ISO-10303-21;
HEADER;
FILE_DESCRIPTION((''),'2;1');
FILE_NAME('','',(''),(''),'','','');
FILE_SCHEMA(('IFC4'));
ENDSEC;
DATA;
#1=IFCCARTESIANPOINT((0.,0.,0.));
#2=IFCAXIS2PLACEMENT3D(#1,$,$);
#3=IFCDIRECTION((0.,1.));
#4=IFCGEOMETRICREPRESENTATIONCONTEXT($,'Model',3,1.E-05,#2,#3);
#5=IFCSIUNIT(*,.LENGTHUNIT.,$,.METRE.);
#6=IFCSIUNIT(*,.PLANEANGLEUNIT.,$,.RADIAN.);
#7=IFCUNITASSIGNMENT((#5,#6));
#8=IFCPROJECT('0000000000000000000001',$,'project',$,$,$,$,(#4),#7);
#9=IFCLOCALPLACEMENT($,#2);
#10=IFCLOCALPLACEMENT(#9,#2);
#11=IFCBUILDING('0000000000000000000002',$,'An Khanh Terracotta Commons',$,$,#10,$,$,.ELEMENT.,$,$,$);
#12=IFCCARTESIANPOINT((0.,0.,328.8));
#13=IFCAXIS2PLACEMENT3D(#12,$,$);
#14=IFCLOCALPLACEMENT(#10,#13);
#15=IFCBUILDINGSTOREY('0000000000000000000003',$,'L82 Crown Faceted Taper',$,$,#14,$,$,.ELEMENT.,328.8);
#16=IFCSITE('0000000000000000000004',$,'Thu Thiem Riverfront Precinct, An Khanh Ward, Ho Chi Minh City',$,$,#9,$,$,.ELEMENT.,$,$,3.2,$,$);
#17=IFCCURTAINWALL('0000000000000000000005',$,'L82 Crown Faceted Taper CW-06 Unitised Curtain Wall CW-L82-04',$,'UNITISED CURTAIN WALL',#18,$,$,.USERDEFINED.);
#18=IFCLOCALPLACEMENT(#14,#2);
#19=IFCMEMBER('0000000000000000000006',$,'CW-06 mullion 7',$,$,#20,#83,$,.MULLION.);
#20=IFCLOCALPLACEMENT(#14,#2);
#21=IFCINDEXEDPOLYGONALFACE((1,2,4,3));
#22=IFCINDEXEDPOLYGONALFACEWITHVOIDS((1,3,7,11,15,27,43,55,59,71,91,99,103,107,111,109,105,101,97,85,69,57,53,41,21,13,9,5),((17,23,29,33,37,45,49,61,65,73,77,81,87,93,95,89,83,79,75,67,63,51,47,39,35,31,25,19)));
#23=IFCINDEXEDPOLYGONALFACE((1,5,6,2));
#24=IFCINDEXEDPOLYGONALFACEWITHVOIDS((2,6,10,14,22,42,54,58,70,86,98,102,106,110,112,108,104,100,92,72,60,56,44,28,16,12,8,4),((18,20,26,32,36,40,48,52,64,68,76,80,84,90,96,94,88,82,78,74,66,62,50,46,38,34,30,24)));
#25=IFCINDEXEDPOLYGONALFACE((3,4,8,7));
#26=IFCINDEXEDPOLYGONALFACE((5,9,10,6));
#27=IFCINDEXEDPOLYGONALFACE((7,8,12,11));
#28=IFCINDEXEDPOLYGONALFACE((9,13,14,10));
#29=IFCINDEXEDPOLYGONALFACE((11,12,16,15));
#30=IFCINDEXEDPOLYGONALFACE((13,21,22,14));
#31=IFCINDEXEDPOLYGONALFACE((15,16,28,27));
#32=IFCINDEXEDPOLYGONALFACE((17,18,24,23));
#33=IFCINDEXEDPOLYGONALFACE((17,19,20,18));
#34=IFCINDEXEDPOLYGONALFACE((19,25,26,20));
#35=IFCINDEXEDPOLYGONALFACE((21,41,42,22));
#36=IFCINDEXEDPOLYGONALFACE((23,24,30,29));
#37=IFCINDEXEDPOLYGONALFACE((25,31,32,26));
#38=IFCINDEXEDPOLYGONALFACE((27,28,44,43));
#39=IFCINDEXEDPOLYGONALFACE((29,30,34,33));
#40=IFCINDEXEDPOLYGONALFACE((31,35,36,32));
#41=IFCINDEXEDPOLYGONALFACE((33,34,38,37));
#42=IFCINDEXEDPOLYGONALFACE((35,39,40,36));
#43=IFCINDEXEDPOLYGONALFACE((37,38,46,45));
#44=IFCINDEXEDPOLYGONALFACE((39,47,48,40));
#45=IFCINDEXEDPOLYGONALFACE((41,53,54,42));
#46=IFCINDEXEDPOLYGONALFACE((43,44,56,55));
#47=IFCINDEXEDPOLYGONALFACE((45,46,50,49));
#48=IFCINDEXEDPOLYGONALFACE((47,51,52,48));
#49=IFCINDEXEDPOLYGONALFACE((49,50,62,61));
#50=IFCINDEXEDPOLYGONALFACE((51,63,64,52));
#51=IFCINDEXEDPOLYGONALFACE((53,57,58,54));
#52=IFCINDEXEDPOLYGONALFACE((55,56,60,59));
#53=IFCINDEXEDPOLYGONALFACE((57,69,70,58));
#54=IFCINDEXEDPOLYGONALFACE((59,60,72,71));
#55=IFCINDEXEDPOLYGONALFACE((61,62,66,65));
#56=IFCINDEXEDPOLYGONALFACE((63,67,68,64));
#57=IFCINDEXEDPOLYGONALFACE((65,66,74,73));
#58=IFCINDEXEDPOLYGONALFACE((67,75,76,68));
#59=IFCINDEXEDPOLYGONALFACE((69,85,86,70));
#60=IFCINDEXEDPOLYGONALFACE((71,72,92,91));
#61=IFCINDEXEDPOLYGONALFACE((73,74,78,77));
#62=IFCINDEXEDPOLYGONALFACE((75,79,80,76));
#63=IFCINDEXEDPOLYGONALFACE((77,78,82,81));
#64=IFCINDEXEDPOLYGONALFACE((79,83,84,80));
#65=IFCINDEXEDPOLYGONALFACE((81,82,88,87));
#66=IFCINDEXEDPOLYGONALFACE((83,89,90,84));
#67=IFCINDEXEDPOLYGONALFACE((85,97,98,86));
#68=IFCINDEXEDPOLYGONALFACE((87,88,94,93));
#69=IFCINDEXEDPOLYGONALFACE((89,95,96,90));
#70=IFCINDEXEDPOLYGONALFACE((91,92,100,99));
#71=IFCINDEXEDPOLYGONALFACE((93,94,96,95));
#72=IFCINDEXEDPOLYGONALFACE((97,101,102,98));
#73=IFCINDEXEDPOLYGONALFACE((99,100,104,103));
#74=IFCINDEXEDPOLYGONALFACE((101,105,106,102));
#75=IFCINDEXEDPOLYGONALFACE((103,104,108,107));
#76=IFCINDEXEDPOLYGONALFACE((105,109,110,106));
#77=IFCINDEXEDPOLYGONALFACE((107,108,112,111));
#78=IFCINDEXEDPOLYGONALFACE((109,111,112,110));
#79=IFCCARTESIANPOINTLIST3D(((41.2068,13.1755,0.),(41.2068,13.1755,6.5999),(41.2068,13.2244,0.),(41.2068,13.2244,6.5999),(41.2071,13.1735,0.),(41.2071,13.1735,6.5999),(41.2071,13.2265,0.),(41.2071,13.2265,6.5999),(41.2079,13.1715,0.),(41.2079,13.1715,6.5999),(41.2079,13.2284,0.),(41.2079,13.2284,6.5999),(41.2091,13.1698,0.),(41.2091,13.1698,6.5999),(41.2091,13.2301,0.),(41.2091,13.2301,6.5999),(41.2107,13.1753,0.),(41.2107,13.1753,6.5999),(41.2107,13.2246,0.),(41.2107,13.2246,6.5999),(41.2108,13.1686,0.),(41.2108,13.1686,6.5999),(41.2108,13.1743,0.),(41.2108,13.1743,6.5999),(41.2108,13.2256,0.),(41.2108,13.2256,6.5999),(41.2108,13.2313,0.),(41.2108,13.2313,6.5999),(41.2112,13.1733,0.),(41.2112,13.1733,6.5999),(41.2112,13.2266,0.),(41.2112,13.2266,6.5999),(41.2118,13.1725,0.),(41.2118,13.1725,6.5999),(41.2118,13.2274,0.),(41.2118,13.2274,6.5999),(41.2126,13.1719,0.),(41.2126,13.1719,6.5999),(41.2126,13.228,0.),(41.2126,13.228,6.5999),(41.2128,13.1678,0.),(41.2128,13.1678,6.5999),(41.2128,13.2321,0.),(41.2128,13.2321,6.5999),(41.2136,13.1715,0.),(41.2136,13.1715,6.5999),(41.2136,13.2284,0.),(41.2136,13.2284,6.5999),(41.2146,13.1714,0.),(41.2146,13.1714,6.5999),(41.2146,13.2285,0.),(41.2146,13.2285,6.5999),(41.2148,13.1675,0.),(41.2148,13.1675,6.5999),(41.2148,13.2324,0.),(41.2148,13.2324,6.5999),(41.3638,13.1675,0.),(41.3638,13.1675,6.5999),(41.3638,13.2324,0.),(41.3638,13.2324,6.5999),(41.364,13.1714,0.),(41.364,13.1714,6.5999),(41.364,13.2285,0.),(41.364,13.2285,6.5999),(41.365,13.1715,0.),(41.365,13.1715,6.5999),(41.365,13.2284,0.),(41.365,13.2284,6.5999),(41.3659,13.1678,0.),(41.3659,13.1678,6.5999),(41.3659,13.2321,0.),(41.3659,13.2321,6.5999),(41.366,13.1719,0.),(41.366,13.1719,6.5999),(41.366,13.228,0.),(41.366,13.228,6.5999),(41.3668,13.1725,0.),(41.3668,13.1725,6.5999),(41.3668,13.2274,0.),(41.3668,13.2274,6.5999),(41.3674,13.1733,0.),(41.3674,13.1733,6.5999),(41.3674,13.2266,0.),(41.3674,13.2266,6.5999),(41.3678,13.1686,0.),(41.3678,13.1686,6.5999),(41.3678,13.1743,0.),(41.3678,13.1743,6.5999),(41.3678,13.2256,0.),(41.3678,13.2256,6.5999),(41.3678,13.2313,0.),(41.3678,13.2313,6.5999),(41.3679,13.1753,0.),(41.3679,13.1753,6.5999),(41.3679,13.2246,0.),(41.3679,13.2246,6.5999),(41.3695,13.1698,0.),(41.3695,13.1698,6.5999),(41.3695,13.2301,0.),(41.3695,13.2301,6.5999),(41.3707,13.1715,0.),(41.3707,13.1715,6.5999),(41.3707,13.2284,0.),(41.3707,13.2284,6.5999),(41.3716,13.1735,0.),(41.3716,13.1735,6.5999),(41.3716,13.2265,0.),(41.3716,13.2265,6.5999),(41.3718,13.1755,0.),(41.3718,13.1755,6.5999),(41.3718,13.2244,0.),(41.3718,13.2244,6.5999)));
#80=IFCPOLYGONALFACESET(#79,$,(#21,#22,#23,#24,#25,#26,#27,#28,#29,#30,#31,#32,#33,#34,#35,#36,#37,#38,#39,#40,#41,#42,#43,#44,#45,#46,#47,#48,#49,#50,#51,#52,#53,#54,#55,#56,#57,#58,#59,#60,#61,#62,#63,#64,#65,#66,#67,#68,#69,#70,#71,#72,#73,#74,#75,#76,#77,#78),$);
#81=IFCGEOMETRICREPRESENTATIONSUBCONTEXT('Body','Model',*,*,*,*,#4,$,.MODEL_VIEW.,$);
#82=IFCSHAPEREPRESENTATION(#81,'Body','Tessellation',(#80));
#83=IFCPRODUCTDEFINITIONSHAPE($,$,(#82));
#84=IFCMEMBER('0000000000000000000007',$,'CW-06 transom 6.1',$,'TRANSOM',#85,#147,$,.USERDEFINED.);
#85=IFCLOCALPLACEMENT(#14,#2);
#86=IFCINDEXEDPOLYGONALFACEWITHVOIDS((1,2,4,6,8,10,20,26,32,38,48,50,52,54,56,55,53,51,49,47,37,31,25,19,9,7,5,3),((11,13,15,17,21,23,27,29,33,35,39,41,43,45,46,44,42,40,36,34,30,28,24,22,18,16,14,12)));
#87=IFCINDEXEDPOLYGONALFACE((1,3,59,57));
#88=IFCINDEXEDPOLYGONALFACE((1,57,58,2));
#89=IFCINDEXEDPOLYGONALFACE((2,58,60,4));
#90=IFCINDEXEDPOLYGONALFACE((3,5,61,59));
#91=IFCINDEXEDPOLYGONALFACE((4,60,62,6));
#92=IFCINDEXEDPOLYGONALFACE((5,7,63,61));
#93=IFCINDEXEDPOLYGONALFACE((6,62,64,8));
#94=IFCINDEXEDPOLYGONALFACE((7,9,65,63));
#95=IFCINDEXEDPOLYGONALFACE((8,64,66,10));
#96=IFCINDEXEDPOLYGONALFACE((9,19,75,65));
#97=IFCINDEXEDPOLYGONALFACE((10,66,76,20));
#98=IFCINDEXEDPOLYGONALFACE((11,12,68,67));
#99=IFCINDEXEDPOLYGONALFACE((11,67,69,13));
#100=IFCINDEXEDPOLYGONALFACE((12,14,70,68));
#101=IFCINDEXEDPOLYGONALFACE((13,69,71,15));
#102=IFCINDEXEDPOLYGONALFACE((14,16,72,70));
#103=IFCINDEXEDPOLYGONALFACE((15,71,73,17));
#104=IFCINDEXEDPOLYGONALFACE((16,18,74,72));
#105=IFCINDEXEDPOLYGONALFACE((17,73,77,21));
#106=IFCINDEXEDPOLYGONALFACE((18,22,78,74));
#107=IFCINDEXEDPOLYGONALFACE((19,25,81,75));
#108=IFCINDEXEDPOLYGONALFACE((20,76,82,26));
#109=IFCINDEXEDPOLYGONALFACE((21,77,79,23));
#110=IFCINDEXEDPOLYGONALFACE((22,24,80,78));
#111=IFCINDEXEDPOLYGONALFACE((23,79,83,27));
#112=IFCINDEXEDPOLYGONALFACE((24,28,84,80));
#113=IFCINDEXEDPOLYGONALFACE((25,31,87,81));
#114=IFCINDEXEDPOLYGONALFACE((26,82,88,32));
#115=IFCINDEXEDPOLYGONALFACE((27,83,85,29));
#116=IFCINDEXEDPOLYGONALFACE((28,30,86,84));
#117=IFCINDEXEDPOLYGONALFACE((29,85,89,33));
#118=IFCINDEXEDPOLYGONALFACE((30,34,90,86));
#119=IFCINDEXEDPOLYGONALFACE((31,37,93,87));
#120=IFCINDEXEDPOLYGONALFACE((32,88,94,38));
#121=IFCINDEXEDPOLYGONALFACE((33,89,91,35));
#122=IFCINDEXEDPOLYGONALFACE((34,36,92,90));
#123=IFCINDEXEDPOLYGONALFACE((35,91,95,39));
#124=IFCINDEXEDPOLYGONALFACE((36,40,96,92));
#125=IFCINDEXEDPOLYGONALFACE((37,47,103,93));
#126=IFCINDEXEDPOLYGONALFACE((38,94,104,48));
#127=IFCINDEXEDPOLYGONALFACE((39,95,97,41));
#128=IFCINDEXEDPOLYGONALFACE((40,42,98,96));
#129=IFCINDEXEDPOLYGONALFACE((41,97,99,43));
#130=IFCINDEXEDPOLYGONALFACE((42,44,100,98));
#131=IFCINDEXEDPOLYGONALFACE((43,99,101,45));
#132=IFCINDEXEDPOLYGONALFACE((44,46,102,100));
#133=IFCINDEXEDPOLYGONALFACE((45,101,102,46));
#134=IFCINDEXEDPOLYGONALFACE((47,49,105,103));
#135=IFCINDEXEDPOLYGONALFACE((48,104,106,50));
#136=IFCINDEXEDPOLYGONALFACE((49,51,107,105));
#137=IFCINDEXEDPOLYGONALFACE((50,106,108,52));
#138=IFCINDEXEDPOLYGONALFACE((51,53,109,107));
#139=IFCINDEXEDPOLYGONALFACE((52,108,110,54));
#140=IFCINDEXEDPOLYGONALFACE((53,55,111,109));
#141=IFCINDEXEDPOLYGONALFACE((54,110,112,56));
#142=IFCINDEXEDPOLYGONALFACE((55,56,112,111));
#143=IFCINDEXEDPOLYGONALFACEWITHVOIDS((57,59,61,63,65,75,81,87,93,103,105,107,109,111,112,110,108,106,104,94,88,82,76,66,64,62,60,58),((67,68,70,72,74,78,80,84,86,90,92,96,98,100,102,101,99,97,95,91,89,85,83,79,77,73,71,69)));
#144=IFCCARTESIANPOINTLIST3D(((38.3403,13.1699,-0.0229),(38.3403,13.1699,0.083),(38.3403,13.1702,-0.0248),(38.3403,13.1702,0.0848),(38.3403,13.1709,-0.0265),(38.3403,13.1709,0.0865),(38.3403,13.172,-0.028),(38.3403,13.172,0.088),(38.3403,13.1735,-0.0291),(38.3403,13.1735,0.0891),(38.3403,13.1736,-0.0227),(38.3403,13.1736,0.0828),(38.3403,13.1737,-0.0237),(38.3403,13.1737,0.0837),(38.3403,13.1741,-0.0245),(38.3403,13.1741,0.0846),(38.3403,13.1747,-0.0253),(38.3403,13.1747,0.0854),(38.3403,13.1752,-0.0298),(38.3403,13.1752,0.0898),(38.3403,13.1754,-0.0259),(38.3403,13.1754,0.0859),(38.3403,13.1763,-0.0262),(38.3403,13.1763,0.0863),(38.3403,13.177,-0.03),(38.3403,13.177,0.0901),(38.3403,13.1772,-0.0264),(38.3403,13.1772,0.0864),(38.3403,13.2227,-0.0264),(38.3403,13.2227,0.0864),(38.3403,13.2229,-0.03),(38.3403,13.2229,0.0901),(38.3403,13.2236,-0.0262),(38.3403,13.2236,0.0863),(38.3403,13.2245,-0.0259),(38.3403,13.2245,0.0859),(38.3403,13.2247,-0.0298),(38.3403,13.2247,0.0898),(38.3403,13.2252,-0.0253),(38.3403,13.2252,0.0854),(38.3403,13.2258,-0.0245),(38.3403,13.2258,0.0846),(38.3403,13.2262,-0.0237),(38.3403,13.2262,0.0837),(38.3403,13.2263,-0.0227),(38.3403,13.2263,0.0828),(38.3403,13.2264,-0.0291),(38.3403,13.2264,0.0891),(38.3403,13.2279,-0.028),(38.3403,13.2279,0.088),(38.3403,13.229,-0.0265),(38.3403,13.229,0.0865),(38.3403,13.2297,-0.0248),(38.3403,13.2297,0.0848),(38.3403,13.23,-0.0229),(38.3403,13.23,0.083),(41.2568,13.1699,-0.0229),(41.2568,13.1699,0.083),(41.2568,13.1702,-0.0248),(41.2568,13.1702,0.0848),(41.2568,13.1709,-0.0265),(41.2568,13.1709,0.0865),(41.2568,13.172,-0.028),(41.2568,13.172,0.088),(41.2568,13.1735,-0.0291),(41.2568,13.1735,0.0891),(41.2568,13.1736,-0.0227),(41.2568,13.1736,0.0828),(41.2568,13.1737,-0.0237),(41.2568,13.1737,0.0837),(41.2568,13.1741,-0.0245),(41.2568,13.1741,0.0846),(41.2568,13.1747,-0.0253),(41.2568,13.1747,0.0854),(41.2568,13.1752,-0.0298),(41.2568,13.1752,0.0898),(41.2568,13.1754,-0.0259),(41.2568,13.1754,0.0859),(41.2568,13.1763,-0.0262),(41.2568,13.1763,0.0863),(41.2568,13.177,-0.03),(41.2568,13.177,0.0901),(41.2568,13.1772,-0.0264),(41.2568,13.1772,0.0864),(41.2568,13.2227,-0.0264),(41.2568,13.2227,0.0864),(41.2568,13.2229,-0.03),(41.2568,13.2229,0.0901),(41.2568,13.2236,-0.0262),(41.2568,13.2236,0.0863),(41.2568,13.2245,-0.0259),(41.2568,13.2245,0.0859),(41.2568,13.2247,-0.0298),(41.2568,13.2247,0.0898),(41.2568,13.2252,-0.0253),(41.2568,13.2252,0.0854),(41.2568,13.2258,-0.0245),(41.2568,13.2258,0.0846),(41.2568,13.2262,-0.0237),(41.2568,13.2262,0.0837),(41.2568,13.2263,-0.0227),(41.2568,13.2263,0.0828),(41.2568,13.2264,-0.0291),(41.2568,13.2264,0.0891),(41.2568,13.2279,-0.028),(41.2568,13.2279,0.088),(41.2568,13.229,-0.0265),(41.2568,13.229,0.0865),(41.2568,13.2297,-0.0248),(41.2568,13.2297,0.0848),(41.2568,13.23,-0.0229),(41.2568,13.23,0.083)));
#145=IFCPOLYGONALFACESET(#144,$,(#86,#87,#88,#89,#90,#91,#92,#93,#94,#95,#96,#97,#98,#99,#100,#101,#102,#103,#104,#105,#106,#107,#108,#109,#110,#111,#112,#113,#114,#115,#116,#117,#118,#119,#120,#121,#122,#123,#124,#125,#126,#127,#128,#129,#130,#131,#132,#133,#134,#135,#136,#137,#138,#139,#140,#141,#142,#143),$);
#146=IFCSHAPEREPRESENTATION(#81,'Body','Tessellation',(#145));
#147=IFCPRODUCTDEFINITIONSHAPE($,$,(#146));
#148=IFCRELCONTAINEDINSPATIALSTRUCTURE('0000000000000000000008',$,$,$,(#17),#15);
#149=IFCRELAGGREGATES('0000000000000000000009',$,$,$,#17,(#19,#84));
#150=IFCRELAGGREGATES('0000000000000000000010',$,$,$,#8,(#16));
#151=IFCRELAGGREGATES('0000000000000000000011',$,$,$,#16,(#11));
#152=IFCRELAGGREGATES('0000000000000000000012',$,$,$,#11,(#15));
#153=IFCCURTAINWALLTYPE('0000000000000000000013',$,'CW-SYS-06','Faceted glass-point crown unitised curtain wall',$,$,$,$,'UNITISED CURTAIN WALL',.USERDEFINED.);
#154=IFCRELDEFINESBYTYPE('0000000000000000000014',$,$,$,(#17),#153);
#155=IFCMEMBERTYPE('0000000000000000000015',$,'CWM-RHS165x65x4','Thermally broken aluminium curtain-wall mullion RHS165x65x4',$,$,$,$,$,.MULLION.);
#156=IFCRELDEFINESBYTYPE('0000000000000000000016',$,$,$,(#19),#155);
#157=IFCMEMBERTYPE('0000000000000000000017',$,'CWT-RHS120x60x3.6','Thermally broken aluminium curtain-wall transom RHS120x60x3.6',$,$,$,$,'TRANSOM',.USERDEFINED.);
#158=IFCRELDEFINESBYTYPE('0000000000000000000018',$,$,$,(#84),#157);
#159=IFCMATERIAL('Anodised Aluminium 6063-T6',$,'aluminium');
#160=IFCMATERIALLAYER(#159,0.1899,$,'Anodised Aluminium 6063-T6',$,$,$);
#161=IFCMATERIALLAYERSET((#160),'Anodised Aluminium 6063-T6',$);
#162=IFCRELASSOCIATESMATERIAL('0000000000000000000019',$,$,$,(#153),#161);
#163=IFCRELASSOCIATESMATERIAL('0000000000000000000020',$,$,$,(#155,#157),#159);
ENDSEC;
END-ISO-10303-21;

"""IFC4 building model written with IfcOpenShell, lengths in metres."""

from ifc_helpers import new_model, si_unit, direction, frame, origin, origin_2d, place, context, subcontext, project, spatial, hollow_rectangle, extrude, material, layer, layer_set, material_profile, profile_set, type_object, element, aggregate, save


model = new_model("IFC4")

# Units and contexts
model_context = context("Model", 3, precision=1e-05, world=origin(), true_north=direction((0.0, 1.0)))
body_context = subcontext(model_context, "Body", "Model", "MODEL_VIEW")
ifc_project = project(units=[si_unit("LENGTHUNIT", "METRE"), si_unit("PLANEANGLEUNIT", "RADIAN")], contexts=[model_context])

# Site, building, storey
site_placement = place(None, origin())
site = spatial("IfcSite", under=ifc_project, at=site_placement, Name="Thu Thiem Riverfront Precinct, An Khanh Ward, Ho Chi Minh City", CompositionType="ELEMENT", RefElevation=3.2)
building_placement = place(site_placement, origin())
building = spatial("IfcBuilding", under=site, at=building_placement, Name="An Khanh Terracotta Commons", CompositionType="ELEMENT")
storey_placement = place(building_placement, frame((0.0, 0.0, 328.8)))
storey = spatial("IfcBuildingStorey", under=building, at=storey_placement, Name="L82 Crown Faceted Taper", CompositionType="ELEMENT", Elevation=328.8)

# Curtain wall, members
ifc_material_1 = material(Name="Anodised Aluminium 6063-T6", Category="aluminium")
ifc_layer_1 = layer(ifc_material_1, 0.1899, Name="Anodised Aluminium 6063-T6")
ifc_layer_set_1 = layer_set([ifc_layer_1], Name="Anodised Aluminium 6063-T6")
curtain_wall_type = type_object("IfcCurtainWallType", Name="CW-SYS-06", Description="Faceted glass-point crown unitised curtain wall", ElementType="UNITISED CURTAIN WALL", PredefinedType="USERDEFINED", material=ifc_layer_set_1)
curtain_wall_placement = place(storey_placement, origin())
curtain_wall = element("IfcCurtainWall", 1, at=curtain_wall_placement, inside=storey, type_object=curtain_wall_type, Name="L82 Crown Faceted Taper CW-06 Unitised Curtain Wall CW-L82-04", ObjectType="UNITISED CURTAIN WALL", PredefinedType="USERDEFINED")
ifc_material_profile_1 = material_profile(ifc_material_1, hollow_rectangle(XDim=0.0649, YDim=0.165, WallThickness=0.0039, InnerFilletRadius=0.0039, OuterFilletRadius=0.0081, at=origin_2d()), Name="RHS165x65x4")
ifc_profile_set_1 = profile_set([ifc_material_profile_1], Name="Anodised Aluminium 6063-T6")
member_type_1 = type_object("IfcMemberType", Name="CWM-RHS165x65x4", Description="Thermally broken aluminium curtain-wall mullion RHS165x65x4", PredefinedType="MULLION", material=ifc_profile_set_1)
member_1_placement = place(storey_placement, frame((41.2893, 13.2, 0.0), z_axis=(0.0, 0.0, 1.0), x_axis=(0.0, 1.0, 0.0)))
member_1 = element("IfcMember", 2, at=member_1_placement, type_object=member_type_1, Name="CW-06 mullion 7", PredefinedType="MULLION", context=body_context, shape_type="SweptSolid", body=[
    extrude(hollow_rectangle(XDim=0.0649, YDim=0.165, WallThickness=0.0039, InnerFilletRadius=0.0039, OuterFilletRadius=0.0081, at=origin_2d()), origin(), (0.0, 0.0, 1.0), 6.5999),
])
ifc_material_profile_2 = material_profile(ifc_material_1, hollow_rectangle(XDim=0.0601, YDim=0.1201, WallThickness=0.0037, InnerFilletRadius=0.0037, OuterFilletRadius=0.0071, at=origin_2d()), Name="RHS120x60x3.6")
ifc_profile_set_2 = profile_set([ifc_material_profile_2], Name="Anodised Aluminium 6063-T6")
member_type_2 = type_object("IfcMemberType", Name="CWT-RHS120x60x3.6", Description="Thermally broken aluminium curtain-wall transom RHS120x60x3.6", ElementType="TRANSOM", PredefinedType="USERDEFINED", material=ifc_profile_set_2)
member_2_placement = place(storey_placement, frame((38.3403, 13.2, 0.03), z_axis=(1.0, 0.0, 0.0), x_axis=(0.0, 1.0, 0.0)))
member_2 = element("IfcMember", 3, at=member_2_placement, type_object=member_type_2, Name="CW-06 transom 6.1", ObjectType="TRANSOM", PredefinedType="USERDEFINED", context=body_context, shape_type="SweptSolid", body=[
    extrude(hollow_rectangle(XDim=0.0601, YDim=0.1201, WallThickness=0.0037, InnerFilletRadius=0.0037, OuterFilletRadius=0.0071, at=origin_2d()), origin(), (0.0, 0.0, 1.0), 2.9165),
])

aggregate(curtain_wall, [member_1, member_2])

save(model, "model.ifc")
